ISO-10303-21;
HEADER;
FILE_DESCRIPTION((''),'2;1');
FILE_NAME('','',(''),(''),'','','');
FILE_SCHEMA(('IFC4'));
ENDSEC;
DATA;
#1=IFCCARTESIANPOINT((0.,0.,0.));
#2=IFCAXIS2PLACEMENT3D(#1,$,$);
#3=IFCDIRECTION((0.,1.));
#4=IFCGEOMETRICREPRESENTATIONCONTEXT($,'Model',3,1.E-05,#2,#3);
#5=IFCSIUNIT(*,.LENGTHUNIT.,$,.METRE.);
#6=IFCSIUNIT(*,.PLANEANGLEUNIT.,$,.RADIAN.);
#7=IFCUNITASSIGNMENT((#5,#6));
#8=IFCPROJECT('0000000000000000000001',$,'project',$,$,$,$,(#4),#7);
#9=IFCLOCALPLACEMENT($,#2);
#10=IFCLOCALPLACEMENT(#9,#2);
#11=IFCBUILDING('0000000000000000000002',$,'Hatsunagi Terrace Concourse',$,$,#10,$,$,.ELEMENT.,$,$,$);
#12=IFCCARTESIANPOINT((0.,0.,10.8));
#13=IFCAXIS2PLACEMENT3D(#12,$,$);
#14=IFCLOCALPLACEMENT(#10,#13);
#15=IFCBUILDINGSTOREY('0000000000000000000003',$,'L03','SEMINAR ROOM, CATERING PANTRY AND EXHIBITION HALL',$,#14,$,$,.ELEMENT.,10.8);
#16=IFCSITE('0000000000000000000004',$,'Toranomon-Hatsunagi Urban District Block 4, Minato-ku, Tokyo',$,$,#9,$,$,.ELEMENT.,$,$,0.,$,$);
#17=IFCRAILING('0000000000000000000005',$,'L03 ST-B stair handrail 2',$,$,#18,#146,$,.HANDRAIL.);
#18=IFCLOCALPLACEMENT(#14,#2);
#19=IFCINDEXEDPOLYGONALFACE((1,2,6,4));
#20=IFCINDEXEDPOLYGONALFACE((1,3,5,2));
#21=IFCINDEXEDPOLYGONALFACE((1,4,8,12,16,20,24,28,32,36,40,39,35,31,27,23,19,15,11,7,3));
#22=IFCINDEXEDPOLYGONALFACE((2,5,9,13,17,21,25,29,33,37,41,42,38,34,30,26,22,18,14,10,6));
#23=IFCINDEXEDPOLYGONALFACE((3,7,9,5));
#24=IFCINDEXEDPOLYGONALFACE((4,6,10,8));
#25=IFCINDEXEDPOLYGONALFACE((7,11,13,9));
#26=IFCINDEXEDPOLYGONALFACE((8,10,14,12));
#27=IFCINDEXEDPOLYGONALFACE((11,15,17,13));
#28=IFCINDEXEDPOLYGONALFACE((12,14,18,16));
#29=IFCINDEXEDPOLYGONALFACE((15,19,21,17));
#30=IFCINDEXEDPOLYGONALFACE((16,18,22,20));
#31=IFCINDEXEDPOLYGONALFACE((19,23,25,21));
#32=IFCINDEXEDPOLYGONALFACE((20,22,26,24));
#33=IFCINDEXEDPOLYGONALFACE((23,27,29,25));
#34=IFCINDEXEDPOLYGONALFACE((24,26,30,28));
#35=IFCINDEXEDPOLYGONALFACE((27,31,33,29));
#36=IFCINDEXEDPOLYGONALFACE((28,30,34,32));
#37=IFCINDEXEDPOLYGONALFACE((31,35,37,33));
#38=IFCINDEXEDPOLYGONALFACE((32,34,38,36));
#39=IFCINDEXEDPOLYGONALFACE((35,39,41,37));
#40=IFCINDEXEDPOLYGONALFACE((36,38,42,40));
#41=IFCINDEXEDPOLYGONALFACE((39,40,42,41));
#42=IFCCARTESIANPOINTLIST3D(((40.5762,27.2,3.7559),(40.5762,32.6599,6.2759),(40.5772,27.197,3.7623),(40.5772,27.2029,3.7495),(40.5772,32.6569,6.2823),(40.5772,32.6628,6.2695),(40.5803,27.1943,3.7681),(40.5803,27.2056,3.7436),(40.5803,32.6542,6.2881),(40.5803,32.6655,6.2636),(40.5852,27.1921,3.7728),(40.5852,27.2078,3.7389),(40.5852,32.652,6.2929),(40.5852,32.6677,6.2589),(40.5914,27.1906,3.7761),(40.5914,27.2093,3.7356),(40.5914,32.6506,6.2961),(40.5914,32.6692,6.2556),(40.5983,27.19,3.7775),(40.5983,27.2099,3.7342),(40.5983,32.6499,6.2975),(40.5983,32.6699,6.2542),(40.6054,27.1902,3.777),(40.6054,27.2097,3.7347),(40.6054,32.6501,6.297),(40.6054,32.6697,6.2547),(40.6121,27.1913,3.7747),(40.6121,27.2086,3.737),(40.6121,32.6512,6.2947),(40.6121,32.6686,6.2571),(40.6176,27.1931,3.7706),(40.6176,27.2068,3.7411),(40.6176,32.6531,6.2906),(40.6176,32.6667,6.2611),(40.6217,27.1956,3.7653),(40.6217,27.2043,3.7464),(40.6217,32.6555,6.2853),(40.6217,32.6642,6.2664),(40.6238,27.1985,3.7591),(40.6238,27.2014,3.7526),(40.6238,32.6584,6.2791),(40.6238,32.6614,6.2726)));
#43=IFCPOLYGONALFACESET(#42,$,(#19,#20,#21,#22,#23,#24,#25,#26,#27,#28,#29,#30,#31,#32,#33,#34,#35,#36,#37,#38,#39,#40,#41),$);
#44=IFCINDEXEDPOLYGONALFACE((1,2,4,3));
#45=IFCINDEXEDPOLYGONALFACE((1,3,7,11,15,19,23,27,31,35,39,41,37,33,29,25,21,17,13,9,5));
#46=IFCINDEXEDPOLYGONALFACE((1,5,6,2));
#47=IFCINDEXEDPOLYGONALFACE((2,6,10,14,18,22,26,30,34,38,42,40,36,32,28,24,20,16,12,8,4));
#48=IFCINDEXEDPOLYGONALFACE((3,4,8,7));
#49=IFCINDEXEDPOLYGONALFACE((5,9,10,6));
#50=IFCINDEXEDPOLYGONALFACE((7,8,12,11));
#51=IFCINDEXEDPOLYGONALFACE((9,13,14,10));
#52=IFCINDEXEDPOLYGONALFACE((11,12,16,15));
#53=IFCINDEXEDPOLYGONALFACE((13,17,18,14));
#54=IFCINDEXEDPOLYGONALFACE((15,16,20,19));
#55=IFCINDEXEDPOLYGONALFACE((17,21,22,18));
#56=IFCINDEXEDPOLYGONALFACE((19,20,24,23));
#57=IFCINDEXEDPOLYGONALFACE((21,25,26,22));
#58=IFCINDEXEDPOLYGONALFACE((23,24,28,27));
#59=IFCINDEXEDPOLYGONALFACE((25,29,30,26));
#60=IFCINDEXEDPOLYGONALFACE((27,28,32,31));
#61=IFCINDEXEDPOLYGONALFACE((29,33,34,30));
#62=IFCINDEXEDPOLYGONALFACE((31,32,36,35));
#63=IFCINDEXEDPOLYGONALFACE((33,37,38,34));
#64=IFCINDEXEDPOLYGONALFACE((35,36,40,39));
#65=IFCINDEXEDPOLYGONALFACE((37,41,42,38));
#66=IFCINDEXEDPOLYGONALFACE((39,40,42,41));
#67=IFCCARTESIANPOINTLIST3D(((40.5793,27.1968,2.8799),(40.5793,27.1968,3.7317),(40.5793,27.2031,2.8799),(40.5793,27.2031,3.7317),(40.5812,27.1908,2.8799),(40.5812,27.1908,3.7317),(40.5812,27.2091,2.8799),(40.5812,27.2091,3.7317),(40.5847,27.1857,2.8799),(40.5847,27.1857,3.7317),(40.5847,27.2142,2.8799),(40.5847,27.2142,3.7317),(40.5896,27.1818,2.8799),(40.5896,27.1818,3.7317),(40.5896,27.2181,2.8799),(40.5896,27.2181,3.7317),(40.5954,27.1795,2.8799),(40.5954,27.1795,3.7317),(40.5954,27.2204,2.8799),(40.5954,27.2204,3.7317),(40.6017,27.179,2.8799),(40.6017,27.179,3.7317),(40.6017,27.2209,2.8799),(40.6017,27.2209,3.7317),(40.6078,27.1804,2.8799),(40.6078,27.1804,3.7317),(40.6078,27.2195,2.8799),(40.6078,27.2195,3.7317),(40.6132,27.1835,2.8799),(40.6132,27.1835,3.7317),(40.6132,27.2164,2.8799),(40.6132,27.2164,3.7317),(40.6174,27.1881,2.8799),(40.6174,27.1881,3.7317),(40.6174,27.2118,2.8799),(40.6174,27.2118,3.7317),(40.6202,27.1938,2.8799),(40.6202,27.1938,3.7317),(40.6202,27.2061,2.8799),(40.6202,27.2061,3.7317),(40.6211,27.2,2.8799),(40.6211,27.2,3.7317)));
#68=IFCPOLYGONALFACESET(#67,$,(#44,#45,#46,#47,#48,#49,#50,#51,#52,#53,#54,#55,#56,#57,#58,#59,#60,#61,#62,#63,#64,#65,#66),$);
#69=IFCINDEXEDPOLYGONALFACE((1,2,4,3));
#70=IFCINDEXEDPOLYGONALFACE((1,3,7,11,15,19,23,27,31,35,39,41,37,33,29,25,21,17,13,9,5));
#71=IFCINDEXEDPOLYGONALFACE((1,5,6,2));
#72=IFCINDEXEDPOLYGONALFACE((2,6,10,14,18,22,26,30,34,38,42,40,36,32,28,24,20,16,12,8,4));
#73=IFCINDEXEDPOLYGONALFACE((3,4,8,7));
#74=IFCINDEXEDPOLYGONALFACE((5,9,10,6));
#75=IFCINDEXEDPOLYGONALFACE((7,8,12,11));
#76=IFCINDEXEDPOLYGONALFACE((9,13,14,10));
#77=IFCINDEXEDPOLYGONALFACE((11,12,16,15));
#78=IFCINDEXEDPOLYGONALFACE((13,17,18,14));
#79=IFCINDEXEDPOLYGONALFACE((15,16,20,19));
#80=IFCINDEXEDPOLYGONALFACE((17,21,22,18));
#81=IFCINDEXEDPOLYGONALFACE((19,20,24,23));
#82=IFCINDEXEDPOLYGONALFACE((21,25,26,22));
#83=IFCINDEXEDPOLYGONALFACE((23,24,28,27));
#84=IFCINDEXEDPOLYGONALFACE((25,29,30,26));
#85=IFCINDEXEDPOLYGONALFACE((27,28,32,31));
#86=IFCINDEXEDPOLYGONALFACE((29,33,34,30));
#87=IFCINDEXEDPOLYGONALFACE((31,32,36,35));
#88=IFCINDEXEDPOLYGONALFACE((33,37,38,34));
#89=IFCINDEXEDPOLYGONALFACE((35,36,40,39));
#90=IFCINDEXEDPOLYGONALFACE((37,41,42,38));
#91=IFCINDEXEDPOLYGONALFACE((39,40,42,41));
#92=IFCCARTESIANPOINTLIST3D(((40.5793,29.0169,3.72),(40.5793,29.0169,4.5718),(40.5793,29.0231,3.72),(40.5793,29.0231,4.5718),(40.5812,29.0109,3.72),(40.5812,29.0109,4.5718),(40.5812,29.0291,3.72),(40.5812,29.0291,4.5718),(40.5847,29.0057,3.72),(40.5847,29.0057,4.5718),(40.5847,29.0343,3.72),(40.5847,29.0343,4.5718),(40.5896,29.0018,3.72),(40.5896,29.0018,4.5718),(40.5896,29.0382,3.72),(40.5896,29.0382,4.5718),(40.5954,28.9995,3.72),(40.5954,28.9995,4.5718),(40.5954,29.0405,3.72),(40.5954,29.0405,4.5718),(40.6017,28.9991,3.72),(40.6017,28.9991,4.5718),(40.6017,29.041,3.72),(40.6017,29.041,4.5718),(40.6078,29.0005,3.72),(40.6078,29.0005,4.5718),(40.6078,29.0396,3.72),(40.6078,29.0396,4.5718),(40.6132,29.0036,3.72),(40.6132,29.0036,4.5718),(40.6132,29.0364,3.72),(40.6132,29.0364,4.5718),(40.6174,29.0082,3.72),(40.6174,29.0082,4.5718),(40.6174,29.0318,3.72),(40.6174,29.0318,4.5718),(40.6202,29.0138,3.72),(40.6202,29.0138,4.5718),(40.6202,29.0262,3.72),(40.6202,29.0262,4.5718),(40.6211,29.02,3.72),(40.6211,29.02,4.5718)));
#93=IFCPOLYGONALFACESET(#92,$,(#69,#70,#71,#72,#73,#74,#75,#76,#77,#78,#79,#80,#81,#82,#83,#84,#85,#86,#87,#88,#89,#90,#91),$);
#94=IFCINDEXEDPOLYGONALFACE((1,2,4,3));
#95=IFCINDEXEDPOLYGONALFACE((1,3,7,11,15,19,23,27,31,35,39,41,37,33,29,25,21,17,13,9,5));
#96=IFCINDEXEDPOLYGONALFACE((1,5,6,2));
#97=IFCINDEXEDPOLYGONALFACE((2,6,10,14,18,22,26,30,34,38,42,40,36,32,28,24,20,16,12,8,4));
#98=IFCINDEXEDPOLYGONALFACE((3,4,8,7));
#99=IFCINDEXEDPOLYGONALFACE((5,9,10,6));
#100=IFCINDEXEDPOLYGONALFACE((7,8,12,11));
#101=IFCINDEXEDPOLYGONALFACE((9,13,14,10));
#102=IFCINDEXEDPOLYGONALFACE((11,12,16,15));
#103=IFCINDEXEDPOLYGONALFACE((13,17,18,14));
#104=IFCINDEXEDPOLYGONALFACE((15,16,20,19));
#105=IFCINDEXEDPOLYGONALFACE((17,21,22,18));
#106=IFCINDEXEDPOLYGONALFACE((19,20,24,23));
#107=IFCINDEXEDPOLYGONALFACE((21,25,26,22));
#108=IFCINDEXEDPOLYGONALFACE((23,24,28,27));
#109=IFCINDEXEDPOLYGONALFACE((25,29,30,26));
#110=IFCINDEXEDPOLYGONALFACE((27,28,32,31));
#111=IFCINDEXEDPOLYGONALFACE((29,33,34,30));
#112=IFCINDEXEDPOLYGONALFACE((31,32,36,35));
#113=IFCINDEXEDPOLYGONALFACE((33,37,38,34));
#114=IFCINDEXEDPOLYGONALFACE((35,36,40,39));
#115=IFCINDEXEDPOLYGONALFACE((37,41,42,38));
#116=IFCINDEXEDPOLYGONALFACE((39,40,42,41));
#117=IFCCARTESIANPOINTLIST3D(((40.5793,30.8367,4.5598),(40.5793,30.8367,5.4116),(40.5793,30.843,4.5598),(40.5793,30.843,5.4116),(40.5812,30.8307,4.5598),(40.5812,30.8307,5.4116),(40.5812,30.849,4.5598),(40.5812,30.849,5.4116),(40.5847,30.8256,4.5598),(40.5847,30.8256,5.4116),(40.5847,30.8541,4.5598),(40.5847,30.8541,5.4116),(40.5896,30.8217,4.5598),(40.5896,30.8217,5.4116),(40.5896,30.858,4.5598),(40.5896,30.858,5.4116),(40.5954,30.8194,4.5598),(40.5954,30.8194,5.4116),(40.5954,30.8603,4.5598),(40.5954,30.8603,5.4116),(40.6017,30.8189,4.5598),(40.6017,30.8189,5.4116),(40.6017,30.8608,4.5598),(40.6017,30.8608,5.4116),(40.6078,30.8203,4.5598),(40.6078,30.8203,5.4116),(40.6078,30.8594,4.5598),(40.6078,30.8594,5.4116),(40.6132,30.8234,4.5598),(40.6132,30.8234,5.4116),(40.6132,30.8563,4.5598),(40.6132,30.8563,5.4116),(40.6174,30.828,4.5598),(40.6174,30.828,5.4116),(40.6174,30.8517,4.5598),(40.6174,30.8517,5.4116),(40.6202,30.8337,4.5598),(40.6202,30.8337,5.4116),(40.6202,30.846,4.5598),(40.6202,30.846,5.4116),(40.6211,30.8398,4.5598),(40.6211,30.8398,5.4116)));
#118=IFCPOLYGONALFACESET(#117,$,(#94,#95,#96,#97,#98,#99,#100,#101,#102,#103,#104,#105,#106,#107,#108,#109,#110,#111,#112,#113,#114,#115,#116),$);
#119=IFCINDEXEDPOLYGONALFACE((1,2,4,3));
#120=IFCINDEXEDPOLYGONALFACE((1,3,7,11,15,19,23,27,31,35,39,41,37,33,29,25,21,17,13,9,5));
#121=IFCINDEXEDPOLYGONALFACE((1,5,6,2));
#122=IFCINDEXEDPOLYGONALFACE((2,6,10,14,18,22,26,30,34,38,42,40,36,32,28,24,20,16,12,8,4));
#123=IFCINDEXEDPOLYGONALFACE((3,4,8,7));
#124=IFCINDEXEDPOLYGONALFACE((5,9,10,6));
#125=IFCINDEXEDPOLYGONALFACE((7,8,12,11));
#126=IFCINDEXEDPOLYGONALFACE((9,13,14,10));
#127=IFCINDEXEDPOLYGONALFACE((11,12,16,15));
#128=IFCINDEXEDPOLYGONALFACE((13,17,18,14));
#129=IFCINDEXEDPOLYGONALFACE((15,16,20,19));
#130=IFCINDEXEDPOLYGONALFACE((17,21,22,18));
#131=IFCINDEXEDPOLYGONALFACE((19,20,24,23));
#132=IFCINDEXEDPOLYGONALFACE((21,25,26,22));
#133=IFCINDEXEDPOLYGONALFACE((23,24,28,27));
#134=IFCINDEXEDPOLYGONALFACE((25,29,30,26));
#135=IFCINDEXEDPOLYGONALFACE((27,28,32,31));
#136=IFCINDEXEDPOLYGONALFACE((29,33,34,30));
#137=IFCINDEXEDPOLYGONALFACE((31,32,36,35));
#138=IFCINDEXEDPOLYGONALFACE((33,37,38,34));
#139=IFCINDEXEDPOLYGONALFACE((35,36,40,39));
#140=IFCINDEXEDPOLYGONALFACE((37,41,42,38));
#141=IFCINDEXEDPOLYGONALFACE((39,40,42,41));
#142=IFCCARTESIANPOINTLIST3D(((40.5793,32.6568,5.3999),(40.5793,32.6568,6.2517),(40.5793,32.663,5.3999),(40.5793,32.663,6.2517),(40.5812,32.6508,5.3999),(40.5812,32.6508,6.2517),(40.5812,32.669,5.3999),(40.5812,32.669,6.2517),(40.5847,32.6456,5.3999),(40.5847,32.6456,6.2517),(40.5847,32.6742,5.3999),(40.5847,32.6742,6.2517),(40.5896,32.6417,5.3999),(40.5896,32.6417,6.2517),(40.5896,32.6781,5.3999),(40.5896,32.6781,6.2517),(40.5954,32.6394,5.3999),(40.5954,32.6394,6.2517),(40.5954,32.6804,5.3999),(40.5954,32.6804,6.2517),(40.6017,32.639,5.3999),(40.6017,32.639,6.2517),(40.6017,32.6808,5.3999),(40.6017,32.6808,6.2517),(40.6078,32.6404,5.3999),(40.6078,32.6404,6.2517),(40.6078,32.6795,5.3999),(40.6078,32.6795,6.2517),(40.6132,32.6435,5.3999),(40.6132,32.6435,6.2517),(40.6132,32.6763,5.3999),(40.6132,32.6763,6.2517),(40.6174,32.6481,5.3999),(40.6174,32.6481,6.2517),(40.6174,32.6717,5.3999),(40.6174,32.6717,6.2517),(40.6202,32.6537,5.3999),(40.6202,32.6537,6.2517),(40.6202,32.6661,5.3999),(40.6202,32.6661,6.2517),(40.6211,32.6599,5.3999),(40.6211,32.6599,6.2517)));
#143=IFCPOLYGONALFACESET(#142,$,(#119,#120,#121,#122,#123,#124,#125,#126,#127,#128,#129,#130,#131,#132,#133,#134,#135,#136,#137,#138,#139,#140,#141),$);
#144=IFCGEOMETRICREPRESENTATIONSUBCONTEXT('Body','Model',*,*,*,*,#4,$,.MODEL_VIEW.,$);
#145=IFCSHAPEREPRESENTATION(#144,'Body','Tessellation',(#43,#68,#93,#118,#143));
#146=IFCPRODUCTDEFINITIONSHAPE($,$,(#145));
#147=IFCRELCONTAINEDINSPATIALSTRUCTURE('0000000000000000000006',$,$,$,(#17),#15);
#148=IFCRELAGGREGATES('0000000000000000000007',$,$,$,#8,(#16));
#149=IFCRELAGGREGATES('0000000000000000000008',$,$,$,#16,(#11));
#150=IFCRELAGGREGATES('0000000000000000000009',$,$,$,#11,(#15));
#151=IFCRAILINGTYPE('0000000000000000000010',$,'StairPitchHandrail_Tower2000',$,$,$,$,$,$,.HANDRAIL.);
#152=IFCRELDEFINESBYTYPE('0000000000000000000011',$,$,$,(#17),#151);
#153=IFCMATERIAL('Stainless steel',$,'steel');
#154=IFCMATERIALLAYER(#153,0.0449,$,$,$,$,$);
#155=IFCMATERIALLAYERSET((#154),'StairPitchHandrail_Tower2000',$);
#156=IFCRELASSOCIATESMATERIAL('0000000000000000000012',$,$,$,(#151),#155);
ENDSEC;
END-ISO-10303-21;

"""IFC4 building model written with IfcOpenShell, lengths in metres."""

from ifc_helpers import new_model, si_unit, direction, frame, origin, origin_2d, place, context, subcontext, project, spatial, circle, extrude, material, layer, layer_set, type_object, element, save


model = new_model("IFC4")

# Units and contexts
model_context = context("Model", 3, precision=1e-05, world=origin(), true_north=direction((0.0, 1.0)))
body_context = subcontext(model_context, "Body", "Model", "MODEL_VIEW")
ifc_project = project(units=[si_unit("LENGTHUNIT", "METRE"), si_unit("PLANEANGLEUNIT", "RADIAN")], contexts=[model_context])

# Site, building, storey
site_placement = place(None, origin())
site = spatial("IfcSite", under=ifc_project, at=site_placement, Name="Toranomon-Hatsunagi Urban District Block 4, Minato-ku, Tokyo", CompositionType="ELEMENT", RefElevation=0.0)
building_placement = place(site_placement, origin())
building = spatial("IfcBuilding", under=site, at=building_placement, Name="Hatsunagi Terrace Concourse", CompositionType="ELEMENT")
storey_placement = place(building_placement, frame((0.0, 0.0, 10.8)))
storey = spatial("IfcBuildingStorey", under=building, at=storey_placement, Name="L03", Description="SEMINAR ROOM, CATERING PANTRY AND EXHIBITION HALL", CompositionType="ELEMENT", Elevation=10.8)

# Railing
ifc_material_1 = material(Name="Stainless steel", Category="steel")
ifc_layer_1 = layer(ifc_material_1, 0.0449)
ifc_layer_set_1 = layer_set([ifc_layer_1], Name="StairPitchHandrail_Tower2000")
railing_type_1 = type_object("IfcRailingType", Name="StairPitchHandrail_Tower2000", PredefinedType="HANDRAIL", material=ifc_layer_set_1)
railing_1_placement = place(storey_placement, frame((40.6001, 27.2, 2.8799)))
element("IfcRailing", 1, at=railing_1_placement, inside=storey, type_object=railing_type_1, Name="L03 ST-B stair handrail 2", PredefinedType="HANDRAIL", context=body_context, shape_type="SweptSolid", body=[
    extrude(circle(Radius=0.0239, at=origin_2d()), frame((0.0, 0.0, 0.876), z_axis=(0.0, 0.907957, 0.419063), x_axis=(-1.0, 0.0, 0.0)), (0.0, 0.0, 1.0), 6.0134),
    extrude(circle(Radius=0.021, at=origin_2d()), origin(), (0.0, 0.0, 1.0), 0.8518),
    extrude(circle(Radius=0.021, at=origin_2d()), frame((0.0, 1.8201, 0.8401)), (0.0, 0.0, 1.0), 0.8518),
    extrude(circle(Radius=0.021, at=origin_2d()), frame((0.0, 3.6399, 1.6799)), (0.0, 0.0, 1.0), 0.8518),
    extrude(circle(Radius=0.021, at=origin_2d()), frame((0.0, 5.46, 2.52)), (0.0, 0.0, 1.0), 0.8518),
])

save(model, "model.ifc")
